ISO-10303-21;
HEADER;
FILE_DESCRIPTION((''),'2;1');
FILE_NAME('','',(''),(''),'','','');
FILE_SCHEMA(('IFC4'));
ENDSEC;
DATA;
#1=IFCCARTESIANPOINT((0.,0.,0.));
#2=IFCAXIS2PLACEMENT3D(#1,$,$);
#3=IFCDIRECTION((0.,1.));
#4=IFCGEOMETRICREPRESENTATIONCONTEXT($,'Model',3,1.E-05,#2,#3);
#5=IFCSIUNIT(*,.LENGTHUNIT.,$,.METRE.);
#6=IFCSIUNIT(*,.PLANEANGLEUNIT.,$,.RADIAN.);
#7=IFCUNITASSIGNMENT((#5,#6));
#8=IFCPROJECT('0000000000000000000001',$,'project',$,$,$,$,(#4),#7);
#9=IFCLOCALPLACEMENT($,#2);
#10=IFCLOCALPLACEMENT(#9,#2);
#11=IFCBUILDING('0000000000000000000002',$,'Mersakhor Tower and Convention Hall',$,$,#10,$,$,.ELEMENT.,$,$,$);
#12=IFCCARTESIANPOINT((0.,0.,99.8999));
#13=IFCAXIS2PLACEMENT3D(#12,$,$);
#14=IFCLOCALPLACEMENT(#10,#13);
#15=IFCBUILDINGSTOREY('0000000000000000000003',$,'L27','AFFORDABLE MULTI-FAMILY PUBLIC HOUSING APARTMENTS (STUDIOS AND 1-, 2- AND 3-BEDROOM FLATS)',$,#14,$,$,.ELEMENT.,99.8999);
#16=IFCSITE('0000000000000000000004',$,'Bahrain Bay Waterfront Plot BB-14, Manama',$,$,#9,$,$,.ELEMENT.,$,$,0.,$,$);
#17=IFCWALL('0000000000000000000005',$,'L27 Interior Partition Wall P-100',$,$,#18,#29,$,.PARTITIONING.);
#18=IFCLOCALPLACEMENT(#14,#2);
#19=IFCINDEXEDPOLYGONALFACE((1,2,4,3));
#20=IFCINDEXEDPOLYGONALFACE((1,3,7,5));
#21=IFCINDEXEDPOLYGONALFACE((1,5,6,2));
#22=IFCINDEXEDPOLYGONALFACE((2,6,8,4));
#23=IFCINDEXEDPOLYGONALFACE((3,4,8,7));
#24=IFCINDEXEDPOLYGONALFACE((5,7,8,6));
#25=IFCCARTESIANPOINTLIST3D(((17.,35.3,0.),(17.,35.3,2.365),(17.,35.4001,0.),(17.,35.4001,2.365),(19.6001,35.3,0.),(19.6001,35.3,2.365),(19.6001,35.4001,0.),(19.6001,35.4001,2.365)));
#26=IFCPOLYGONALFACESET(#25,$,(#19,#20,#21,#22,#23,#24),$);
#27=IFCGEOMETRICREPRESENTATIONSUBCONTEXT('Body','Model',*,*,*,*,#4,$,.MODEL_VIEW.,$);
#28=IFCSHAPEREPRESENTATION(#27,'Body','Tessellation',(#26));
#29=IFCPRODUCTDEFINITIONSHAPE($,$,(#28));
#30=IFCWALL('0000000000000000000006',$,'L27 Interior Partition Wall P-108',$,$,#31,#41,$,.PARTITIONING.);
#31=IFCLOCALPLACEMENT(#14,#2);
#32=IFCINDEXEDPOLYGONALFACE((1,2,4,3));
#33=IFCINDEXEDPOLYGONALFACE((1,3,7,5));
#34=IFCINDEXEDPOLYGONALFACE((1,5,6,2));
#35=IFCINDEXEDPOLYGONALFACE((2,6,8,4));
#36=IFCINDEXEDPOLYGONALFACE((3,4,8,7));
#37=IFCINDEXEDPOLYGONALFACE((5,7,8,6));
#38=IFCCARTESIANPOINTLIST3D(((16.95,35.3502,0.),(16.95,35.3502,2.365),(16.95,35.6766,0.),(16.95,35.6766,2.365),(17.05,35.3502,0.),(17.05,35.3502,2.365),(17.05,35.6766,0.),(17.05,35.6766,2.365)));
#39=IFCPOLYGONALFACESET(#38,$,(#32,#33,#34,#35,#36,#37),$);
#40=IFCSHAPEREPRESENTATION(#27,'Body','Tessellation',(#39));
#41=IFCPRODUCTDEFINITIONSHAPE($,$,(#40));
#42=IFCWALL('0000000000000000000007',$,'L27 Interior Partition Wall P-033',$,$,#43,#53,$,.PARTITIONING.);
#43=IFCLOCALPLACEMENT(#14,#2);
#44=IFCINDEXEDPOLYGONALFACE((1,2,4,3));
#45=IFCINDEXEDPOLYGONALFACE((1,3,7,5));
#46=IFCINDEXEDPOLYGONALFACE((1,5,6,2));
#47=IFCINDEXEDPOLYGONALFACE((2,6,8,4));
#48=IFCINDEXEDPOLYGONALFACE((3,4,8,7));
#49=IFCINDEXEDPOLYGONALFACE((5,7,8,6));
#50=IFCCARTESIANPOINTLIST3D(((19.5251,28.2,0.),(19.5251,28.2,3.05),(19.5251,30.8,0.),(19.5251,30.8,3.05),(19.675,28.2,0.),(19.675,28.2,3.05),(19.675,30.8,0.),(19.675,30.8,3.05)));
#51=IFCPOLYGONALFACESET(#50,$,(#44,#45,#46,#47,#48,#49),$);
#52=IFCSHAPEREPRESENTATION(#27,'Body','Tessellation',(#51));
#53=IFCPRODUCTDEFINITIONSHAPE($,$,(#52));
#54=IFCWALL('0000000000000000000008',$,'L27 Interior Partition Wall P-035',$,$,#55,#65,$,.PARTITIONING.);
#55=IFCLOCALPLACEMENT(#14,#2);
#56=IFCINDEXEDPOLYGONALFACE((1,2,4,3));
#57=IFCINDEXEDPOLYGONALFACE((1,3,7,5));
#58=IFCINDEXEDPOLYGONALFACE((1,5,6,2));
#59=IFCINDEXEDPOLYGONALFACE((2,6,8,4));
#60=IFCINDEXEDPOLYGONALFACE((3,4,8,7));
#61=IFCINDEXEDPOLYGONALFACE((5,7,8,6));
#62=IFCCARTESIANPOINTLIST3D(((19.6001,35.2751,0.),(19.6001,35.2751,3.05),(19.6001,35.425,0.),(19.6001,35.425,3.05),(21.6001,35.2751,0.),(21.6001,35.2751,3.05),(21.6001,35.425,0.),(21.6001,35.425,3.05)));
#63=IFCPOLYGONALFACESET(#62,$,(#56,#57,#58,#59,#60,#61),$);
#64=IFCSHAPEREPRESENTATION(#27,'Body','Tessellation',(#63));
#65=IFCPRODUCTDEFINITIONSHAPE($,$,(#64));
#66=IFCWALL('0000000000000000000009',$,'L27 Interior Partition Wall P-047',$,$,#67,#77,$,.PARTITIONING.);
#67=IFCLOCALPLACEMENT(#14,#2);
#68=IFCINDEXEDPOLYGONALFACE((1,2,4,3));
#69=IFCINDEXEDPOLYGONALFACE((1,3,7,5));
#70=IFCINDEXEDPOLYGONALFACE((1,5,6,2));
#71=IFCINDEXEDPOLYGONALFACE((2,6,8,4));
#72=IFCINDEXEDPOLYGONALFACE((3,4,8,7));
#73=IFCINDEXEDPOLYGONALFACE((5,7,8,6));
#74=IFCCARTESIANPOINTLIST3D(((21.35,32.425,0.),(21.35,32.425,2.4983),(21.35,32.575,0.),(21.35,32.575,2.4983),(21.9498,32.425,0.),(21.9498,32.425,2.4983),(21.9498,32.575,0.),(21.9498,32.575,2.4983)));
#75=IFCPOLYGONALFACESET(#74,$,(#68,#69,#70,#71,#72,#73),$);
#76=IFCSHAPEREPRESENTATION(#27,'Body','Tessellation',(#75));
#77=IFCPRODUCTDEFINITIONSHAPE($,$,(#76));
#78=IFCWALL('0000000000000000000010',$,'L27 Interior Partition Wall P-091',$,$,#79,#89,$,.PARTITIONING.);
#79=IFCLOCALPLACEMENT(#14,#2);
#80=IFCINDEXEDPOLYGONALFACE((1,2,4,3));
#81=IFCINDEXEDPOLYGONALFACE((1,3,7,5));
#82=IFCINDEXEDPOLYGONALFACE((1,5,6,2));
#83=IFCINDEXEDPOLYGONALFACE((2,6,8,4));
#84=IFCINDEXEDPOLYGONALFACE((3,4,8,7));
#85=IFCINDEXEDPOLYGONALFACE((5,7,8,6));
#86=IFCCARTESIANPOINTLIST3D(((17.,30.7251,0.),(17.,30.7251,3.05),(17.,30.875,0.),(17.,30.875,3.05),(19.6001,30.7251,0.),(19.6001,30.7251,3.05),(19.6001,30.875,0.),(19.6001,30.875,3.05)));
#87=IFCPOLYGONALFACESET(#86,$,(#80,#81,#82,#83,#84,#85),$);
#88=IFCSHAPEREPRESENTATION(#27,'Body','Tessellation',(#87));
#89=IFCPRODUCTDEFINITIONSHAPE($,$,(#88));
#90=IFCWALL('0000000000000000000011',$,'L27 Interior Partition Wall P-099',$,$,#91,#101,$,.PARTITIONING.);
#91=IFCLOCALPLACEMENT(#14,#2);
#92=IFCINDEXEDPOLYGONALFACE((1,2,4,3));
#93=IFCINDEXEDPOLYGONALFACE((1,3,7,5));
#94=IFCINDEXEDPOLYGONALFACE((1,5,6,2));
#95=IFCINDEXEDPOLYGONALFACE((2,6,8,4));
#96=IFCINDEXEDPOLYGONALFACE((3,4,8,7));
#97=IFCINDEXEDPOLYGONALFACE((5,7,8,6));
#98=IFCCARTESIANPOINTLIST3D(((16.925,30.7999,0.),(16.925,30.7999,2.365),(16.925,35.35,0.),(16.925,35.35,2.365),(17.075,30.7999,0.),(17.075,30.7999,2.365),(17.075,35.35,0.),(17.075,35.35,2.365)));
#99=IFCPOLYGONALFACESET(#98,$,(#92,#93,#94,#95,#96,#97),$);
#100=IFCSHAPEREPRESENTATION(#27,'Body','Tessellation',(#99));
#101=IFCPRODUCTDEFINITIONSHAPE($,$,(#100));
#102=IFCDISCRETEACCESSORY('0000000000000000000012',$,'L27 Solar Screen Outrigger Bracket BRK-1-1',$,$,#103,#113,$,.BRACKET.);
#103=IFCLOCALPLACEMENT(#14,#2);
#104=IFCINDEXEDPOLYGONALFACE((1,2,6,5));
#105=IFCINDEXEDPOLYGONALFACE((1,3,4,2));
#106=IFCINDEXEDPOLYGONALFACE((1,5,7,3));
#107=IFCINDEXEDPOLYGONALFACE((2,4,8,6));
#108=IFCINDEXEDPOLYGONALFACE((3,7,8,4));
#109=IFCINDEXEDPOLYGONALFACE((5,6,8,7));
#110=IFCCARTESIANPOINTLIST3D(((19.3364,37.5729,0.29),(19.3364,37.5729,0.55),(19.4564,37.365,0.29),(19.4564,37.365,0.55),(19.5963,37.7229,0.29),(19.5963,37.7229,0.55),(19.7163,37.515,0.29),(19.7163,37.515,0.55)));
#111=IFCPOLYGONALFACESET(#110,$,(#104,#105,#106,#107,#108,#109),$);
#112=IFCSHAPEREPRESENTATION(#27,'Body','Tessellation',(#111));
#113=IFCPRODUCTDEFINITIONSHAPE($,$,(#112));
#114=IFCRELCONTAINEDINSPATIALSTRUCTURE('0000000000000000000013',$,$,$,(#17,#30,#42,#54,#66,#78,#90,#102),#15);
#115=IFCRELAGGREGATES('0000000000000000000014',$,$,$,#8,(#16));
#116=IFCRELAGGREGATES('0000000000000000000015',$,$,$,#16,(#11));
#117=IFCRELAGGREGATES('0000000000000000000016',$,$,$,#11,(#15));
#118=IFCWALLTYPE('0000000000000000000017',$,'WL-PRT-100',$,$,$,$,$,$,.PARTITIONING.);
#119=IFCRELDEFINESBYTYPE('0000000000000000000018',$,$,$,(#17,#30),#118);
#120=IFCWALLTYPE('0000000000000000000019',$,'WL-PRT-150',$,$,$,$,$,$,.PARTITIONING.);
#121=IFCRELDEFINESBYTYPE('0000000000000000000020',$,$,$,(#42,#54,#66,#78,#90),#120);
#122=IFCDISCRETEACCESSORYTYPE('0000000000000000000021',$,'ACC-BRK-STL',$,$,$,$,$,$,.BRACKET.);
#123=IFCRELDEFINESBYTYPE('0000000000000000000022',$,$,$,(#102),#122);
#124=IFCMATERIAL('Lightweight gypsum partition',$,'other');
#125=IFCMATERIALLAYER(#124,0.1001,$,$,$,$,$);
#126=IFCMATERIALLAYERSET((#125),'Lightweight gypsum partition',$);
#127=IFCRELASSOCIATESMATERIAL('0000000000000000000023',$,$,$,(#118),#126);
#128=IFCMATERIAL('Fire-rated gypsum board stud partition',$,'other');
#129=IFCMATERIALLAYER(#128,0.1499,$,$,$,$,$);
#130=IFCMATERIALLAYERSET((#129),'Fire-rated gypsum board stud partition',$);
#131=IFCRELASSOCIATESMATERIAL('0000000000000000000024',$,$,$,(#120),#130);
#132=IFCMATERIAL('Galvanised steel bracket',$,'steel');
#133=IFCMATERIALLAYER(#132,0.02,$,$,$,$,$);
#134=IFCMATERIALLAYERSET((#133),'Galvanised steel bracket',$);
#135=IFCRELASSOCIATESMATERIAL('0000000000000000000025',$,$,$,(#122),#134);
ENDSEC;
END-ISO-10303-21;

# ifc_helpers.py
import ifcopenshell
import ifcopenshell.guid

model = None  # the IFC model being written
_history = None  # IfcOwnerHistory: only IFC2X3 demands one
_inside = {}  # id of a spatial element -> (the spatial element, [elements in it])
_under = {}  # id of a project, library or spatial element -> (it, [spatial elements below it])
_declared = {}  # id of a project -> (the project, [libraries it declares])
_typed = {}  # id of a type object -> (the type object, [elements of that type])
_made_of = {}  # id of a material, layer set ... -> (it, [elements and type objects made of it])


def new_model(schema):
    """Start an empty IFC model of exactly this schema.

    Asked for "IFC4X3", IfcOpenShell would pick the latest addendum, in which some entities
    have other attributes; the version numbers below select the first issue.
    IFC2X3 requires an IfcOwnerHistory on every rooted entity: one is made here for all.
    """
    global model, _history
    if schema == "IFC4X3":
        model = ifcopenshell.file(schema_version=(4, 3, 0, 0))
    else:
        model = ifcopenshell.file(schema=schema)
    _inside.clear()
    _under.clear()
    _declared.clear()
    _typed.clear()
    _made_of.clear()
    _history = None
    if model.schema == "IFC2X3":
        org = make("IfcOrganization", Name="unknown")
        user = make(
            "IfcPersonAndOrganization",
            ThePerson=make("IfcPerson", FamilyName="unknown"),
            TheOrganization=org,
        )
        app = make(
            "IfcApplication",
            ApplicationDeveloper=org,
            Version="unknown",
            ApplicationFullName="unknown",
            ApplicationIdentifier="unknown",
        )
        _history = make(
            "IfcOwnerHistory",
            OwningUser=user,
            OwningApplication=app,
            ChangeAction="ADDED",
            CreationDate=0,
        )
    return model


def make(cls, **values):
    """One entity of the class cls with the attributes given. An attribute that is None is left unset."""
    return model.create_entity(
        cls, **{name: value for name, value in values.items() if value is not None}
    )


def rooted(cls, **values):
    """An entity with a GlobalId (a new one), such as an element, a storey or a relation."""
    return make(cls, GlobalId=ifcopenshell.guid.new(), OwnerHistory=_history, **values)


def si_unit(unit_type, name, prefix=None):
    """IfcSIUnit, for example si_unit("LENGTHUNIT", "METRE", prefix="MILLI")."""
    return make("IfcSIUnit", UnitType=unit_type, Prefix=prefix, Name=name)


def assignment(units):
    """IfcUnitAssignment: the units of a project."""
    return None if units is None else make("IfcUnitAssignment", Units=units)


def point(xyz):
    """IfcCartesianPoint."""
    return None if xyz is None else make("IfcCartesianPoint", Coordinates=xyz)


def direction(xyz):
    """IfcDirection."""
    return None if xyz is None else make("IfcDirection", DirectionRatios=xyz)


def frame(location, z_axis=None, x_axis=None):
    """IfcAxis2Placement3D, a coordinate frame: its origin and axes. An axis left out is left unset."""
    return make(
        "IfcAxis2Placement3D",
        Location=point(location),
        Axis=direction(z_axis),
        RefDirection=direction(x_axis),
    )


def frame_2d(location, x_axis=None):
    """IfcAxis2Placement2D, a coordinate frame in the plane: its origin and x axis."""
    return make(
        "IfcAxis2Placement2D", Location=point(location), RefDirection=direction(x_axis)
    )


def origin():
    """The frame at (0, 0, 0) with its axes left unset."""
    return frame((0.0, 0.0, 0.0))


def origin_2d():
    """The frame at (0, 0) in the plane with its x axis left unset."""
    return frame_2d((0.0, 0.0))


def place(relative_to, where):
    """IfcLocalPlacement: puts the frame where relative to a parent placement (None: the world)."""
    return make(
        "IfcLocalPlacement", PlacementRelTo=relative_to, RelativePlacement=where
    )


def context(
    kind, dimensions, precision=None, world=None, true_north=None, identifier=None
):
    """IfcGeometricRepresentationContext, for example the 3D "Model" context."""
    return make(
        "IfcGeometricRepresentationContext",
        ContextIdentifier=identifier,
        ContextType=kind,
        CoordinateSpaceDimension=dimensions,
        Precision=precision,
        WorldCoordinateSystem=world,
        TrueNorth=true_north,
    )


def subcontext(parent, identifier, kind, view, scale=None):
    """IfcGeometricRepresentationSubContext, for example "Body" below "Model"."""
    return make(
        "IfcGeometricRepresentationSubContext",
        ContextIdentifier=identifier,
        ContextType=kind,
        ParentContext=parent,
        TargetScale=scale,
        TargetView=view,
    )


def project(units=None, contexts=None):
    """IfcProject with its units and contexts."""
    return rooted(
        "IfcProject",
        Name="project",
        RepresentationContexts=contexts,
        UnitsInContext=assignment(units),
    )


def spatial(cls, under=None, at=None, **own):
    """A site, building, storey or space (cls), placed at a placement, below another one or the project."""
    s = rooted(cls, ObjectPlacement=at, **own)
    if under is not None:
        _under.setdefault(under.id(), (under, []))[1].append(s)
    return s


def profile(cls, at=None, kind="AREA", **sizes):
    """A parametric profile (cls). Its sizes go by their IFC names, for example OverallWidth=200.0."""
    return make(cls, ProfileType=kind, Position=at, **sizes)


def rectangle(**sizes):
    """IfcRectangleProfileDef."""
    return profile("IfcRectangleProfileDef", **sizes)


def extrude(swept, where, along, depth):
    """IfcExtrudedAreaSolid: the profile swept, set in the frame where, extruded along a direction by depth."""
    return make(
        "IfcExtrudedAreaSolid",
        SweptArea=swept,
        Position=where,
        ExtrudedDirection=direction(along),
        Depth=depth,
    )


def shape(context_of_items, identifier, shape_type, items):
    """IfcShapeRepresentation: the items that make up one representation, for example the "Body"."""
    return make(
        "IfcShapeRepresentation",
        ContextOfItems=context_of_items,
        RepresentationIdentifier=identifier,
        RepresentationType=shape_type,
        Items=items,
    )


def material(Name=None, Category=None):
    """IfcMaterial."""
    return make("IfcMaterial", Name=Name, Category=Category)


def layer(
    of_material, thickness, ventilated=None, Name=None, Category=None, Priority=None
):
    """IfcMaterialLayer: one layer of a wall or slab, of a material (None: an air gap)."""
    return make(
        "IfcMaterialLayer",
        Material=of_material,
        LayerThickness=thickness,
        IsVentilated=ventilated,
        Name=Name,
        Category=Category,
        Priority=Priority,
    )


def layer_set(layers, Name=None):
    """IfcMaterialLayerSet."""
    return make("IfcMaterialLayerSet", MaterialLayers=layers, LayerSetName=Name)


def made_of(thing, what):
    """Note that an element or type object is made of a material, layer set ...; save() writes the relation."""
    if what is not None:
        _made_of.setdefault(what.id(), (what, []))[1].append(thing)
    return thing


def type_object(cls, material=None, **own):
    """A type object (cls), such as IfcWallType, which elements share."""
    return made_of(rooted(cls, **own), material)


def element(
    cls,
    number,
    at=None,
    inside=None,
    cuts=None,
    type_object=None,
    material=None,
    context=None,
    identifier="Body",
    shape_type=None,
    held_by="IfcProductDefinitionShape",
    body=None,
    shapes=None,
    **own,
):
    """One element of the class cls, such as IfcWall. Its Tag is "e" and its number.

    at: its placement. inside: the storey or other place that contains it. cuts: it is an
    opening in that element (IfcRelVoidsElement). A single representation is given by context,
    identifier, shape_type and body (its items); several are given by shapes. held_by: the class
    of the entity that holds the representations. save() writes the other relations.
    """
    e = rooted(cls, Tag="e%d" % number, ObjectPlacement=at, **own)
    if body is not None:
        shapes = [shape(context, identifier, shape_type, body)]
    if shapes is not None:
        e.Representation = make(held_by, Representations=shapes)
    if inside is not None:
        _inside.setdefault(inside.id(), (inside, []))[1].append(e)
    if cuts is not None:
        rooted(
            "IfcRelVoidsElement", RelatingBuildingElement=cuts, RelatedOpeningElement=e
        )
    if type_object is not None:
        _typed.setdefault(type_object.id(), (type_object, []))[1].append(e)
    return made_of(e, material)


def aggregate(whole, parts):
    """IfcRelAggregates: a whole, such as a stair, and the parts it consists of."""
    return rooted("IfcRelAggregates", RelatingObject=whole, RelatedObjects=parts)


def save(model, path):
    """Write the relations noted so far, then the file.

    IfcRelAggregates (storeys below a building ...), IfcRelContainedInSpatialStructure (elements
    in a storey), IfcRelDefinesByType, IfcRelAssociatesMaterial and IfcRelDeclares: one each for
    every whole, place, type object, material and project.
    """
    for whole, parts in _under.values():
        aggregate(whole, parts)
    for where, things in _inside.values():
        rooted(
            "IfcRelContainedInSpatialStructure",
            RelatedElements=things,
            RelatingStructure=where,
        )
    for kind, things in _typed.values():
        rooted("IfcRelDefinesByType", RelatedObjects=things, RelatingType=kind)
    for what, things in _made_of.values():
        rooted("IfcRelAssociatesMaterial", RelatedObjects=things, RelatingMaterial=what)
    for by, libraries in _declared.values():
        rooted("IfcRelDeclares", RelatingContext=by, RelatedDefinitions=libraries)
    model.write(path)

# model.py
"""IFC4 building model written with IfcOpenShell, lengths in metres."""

from ifc_helpers import new_model, si_unit, direction, frame, frame_2d, origin, origin_2d, place, context, subcontext, project, spatial, rectangle, extrude, material, layer, layer_set, type_object, element, save


model = new_model("IFC4")

# Units and contexts
model_context = context("Model", 3, precision=1e-05, world=origin(), true_north=direction((0.0, 1.0)))
body_context = subcontext(model_context, "Body", "Model", "MODEL_VIEW")
ifc_project = project(units=[si_unit("LENGTHUNIT", "METRE"), si_unit("PLANEANGLEUNIT", "RADIAN")], contexts=[model_context])

# Site, building, storey
site_placement = place(None, origin())
site = spatial("IfcSite", under=ifc_project, at=site_placement, Name="Bahrain Bay Waterfront Plot BB-14, Manama", CompositionType="ELEMENT", RefElevation=0.0)
building_placement = place(site_placement, origin())
building = spatial("IfcBuilding", under=site, at=building_placement, Name="Mersakhor Tower and Convention Hall", CompositionType="ELEMENT")
storey_placement = place(building_placement, frame((0.0, 0.0, 99.8999)))
storey = spatial("IfcBuildingStorey", under=building, at=storey_placement, Name="L27", Description="AFFORDABLE MULTI-FAMILY PUBLIC HOUSING APARTMENTS (STUDIOS AND 1-, 2- AND 3-BEDROOM FLATS)", CompositionType="ELEMENT", Elevation=99.8999)

# Walls
ifc_material_1 = material(Name="Lightweight gypsum partition", Category="other")
ifc_layer_1 = layer(ifc_material_1, 0.1001)
ifc_layer_set_1 = layer_set([ifc_layer_1], Name="Lightweight gypsum partition")
wall_type_1 = type_object("IfcWallType", Name="WL-PRT-100", PredefinedType="PARTITIONING", material=ifc_layer_set_1)
wall_1_placement = place(storey_placement, frame((17.0, 35.3501, 0.0), z_axis=(0.0, 0.0, 1.0), x_axis=(1.0, 0.0, 0.0)))
element("IfcWall", 1, at=wall_1_placement, inside=storey, type_object=wall_type_1, Name="L27 Interior Partition Wall P-100", PredefinedType="PARTITIONING", context=body_context, shape_type="SweptSolid", body=[
    extrude(rectangle(XDim=2.6001, YDim=0.1001, at=frame_2d((1.3, 0.0))), origin(), (0.0, 0.0, 1.0), 2.365),
])
wall_2_placement = place(storey_placement, frame((17.0, 35.6765, 0.0), z_axis=(0.0, 0.0, 1.0), x_axis=(0.0, -1.0, 0.0)))
element("IfcWall", 2, at=wall_2_placement, inside=storey, type_object=wall_type_1, Name="L27 Interior Partition Wall P-108", PredefinedType="PARTITIONING", context=body_context, shape_type="SweptSolid", body=[
    extrude(rectangle(XDim=0.3264, YDim=0.1001, at=frame_2d((0.1631, 0.0))), origin(), (0.0, 0.0, 1.0), 2.365),
])
ifc_material_2 = material(Name="Fire-rated gypsum board stud partition", Category="other")
ifc_layer_2 = layer(ifc_material_2, 0.1499)
ifc_layer_set_2 = layer_set([ifc_layer_2], Name="Fire-rated gypsum board stud partition")
wall_type_2 = type_object("IfcWallType", Name="WL-PRT-150", PredefinedType="PARTITIONING", material=ifc_layer_set_2)
wall_3_placement = place(storey_placement, frame((19.6001, 28.2, 0.0), z_axis=(0.0, 0.0, 1.0), x_axis=(0.0, 1.0, 0.0)))
element("IfcWall", 3, at=wall_3_placement, inside=storey, type_object=wall_type_2, Name="L27 Interior Partition Wall P-033", PredefinedType="PARTITIONING", context=body_context, shape_type="SweptSolid", body=[
    extrude(rectangle(XDim=2.6001, YDim=0.1499, at=frame_2d((1.3, 0.0))), origin(), (0.0, 0.0, 1.0), 3.05),
])

# Walls
wall_4_placement = place(storey_placement, frame((19.6001, 35.3501, 0.0), z_axis=(0.0, 0.0, 1.0), x_axis=(1.0, 0.0, 0.0)))
element("IfcWall", 4, at=wall_4_placement, inside=storey, type_object=wall_type_2, Name="L27 Interior Partition Wall P-035", PredefinedType="PARTITIONING", context=body_context, shape_type="SweptSolid", body=[
    extrude(rectangle(XDim=2.0, YDim=0.1499, at=frame_2d((1.0, 0.0))), origin(), (0.0, 0.0, 1.0), 3.05),
])
wall_5_placement = place(storey_placement, frame((21.3501, 32.5, 0.0), z_axis=(0.0, 0.0, 1.0), x_axis=(1.0, 0.0, 0.0)))
element("IfcWall", 5, at=wall_5_placement, inside=storey, type_object=wall_type_2, Name="L27 Interior Partition Wall P-047", PredefinedType="PARTITIONING", context=body_context, shape_type="SweptSolid", body=[
    extrude(rectangle(XDim=0.5999, YDim=0.1499, at=frame_2d((0.2998, 0.0))), origin(), (0.0, 0.0, 1.0), 2.4983),
])
wall_6_placement = place(storey_placement, frame((17.0, 30.8, 0.0), z_axis=(0.0, 0.0, 1.0), x_axis=(1.0, 0.0, 0.0)))
element("IfcWall", 6, at=wall_6_placement, inside=storey, type_object=wall_type_2, Name="L27 Interior Partition Wall P-091", PredefinedType="PARTITIONING", context=body_context, shape_type="SweptSolid", body=[
    extrude(rectangle(XDim=2.6001, YDim=0.1499, at=frame_2d((1.3, 0.0))), origin(), (0.0, 0.0, 1.0), 3.05),
])
wall_7_placement = place(storey_placement, frame((17.0, 30.8, 0.0), z_axis=(0.0, 0.0, 1.0), x_axis=(0.0, 1.0, 0.0)))
element("IfcWall", 7, at=wall_7_placement, inside=storey, type_object=wall_type_2, Name="L27 Interior Partition Wall P-099", PredefinedType="PARTITIONING", context=body_context, shape_type="SweptSolid", body=[
    extrude(rectangle(XDim=4.55, YDim=0.1499, at=frame_2d((2.2749, 0.0))), origin(), (0.0, 0.0, 1.0), 2.365),
])

# Discrete accessory
ifc_material_3 = material(Name="Galvanised steel bracket", Category="steel")
ifc_layer_3 = layer(ifc_material_3, 0.02)
ifc_layer_set_3 = layer_set([ifc_layer_3], Name="Galvanised steel bracket")
discrete_accessory_type = type_object("IfcDiscreteAccessoryType", Name="ACC-BRK-STL", PredefinedType="BRACKET", material=ifc_layer_set_3)
discrete_accessory_placement = place(storey_placement, frame((19.5264, 37.5439, 0.29), z_axis=(0.0, 0.0, 1.0), x_axis=(0.866025, 0.5, 0.0)))
element("IfcDiscreteAccessory", 8, at=discrete_accessory_placement, inside=storey, type_object=discrete_accessory_type, Name="L27 Solar Screen Outrigger Bracket BRK-1-1", PredefinedType="BRACKET", context=body_context, shape_type="SweptSolid", body=[
    extrude(rectangle(XDim=0.3, YDim=0.24, at=origin_2d()), origin(), (0.0, 0.0, 1.0), 0.26),
])

save(model, "model.ifc")
